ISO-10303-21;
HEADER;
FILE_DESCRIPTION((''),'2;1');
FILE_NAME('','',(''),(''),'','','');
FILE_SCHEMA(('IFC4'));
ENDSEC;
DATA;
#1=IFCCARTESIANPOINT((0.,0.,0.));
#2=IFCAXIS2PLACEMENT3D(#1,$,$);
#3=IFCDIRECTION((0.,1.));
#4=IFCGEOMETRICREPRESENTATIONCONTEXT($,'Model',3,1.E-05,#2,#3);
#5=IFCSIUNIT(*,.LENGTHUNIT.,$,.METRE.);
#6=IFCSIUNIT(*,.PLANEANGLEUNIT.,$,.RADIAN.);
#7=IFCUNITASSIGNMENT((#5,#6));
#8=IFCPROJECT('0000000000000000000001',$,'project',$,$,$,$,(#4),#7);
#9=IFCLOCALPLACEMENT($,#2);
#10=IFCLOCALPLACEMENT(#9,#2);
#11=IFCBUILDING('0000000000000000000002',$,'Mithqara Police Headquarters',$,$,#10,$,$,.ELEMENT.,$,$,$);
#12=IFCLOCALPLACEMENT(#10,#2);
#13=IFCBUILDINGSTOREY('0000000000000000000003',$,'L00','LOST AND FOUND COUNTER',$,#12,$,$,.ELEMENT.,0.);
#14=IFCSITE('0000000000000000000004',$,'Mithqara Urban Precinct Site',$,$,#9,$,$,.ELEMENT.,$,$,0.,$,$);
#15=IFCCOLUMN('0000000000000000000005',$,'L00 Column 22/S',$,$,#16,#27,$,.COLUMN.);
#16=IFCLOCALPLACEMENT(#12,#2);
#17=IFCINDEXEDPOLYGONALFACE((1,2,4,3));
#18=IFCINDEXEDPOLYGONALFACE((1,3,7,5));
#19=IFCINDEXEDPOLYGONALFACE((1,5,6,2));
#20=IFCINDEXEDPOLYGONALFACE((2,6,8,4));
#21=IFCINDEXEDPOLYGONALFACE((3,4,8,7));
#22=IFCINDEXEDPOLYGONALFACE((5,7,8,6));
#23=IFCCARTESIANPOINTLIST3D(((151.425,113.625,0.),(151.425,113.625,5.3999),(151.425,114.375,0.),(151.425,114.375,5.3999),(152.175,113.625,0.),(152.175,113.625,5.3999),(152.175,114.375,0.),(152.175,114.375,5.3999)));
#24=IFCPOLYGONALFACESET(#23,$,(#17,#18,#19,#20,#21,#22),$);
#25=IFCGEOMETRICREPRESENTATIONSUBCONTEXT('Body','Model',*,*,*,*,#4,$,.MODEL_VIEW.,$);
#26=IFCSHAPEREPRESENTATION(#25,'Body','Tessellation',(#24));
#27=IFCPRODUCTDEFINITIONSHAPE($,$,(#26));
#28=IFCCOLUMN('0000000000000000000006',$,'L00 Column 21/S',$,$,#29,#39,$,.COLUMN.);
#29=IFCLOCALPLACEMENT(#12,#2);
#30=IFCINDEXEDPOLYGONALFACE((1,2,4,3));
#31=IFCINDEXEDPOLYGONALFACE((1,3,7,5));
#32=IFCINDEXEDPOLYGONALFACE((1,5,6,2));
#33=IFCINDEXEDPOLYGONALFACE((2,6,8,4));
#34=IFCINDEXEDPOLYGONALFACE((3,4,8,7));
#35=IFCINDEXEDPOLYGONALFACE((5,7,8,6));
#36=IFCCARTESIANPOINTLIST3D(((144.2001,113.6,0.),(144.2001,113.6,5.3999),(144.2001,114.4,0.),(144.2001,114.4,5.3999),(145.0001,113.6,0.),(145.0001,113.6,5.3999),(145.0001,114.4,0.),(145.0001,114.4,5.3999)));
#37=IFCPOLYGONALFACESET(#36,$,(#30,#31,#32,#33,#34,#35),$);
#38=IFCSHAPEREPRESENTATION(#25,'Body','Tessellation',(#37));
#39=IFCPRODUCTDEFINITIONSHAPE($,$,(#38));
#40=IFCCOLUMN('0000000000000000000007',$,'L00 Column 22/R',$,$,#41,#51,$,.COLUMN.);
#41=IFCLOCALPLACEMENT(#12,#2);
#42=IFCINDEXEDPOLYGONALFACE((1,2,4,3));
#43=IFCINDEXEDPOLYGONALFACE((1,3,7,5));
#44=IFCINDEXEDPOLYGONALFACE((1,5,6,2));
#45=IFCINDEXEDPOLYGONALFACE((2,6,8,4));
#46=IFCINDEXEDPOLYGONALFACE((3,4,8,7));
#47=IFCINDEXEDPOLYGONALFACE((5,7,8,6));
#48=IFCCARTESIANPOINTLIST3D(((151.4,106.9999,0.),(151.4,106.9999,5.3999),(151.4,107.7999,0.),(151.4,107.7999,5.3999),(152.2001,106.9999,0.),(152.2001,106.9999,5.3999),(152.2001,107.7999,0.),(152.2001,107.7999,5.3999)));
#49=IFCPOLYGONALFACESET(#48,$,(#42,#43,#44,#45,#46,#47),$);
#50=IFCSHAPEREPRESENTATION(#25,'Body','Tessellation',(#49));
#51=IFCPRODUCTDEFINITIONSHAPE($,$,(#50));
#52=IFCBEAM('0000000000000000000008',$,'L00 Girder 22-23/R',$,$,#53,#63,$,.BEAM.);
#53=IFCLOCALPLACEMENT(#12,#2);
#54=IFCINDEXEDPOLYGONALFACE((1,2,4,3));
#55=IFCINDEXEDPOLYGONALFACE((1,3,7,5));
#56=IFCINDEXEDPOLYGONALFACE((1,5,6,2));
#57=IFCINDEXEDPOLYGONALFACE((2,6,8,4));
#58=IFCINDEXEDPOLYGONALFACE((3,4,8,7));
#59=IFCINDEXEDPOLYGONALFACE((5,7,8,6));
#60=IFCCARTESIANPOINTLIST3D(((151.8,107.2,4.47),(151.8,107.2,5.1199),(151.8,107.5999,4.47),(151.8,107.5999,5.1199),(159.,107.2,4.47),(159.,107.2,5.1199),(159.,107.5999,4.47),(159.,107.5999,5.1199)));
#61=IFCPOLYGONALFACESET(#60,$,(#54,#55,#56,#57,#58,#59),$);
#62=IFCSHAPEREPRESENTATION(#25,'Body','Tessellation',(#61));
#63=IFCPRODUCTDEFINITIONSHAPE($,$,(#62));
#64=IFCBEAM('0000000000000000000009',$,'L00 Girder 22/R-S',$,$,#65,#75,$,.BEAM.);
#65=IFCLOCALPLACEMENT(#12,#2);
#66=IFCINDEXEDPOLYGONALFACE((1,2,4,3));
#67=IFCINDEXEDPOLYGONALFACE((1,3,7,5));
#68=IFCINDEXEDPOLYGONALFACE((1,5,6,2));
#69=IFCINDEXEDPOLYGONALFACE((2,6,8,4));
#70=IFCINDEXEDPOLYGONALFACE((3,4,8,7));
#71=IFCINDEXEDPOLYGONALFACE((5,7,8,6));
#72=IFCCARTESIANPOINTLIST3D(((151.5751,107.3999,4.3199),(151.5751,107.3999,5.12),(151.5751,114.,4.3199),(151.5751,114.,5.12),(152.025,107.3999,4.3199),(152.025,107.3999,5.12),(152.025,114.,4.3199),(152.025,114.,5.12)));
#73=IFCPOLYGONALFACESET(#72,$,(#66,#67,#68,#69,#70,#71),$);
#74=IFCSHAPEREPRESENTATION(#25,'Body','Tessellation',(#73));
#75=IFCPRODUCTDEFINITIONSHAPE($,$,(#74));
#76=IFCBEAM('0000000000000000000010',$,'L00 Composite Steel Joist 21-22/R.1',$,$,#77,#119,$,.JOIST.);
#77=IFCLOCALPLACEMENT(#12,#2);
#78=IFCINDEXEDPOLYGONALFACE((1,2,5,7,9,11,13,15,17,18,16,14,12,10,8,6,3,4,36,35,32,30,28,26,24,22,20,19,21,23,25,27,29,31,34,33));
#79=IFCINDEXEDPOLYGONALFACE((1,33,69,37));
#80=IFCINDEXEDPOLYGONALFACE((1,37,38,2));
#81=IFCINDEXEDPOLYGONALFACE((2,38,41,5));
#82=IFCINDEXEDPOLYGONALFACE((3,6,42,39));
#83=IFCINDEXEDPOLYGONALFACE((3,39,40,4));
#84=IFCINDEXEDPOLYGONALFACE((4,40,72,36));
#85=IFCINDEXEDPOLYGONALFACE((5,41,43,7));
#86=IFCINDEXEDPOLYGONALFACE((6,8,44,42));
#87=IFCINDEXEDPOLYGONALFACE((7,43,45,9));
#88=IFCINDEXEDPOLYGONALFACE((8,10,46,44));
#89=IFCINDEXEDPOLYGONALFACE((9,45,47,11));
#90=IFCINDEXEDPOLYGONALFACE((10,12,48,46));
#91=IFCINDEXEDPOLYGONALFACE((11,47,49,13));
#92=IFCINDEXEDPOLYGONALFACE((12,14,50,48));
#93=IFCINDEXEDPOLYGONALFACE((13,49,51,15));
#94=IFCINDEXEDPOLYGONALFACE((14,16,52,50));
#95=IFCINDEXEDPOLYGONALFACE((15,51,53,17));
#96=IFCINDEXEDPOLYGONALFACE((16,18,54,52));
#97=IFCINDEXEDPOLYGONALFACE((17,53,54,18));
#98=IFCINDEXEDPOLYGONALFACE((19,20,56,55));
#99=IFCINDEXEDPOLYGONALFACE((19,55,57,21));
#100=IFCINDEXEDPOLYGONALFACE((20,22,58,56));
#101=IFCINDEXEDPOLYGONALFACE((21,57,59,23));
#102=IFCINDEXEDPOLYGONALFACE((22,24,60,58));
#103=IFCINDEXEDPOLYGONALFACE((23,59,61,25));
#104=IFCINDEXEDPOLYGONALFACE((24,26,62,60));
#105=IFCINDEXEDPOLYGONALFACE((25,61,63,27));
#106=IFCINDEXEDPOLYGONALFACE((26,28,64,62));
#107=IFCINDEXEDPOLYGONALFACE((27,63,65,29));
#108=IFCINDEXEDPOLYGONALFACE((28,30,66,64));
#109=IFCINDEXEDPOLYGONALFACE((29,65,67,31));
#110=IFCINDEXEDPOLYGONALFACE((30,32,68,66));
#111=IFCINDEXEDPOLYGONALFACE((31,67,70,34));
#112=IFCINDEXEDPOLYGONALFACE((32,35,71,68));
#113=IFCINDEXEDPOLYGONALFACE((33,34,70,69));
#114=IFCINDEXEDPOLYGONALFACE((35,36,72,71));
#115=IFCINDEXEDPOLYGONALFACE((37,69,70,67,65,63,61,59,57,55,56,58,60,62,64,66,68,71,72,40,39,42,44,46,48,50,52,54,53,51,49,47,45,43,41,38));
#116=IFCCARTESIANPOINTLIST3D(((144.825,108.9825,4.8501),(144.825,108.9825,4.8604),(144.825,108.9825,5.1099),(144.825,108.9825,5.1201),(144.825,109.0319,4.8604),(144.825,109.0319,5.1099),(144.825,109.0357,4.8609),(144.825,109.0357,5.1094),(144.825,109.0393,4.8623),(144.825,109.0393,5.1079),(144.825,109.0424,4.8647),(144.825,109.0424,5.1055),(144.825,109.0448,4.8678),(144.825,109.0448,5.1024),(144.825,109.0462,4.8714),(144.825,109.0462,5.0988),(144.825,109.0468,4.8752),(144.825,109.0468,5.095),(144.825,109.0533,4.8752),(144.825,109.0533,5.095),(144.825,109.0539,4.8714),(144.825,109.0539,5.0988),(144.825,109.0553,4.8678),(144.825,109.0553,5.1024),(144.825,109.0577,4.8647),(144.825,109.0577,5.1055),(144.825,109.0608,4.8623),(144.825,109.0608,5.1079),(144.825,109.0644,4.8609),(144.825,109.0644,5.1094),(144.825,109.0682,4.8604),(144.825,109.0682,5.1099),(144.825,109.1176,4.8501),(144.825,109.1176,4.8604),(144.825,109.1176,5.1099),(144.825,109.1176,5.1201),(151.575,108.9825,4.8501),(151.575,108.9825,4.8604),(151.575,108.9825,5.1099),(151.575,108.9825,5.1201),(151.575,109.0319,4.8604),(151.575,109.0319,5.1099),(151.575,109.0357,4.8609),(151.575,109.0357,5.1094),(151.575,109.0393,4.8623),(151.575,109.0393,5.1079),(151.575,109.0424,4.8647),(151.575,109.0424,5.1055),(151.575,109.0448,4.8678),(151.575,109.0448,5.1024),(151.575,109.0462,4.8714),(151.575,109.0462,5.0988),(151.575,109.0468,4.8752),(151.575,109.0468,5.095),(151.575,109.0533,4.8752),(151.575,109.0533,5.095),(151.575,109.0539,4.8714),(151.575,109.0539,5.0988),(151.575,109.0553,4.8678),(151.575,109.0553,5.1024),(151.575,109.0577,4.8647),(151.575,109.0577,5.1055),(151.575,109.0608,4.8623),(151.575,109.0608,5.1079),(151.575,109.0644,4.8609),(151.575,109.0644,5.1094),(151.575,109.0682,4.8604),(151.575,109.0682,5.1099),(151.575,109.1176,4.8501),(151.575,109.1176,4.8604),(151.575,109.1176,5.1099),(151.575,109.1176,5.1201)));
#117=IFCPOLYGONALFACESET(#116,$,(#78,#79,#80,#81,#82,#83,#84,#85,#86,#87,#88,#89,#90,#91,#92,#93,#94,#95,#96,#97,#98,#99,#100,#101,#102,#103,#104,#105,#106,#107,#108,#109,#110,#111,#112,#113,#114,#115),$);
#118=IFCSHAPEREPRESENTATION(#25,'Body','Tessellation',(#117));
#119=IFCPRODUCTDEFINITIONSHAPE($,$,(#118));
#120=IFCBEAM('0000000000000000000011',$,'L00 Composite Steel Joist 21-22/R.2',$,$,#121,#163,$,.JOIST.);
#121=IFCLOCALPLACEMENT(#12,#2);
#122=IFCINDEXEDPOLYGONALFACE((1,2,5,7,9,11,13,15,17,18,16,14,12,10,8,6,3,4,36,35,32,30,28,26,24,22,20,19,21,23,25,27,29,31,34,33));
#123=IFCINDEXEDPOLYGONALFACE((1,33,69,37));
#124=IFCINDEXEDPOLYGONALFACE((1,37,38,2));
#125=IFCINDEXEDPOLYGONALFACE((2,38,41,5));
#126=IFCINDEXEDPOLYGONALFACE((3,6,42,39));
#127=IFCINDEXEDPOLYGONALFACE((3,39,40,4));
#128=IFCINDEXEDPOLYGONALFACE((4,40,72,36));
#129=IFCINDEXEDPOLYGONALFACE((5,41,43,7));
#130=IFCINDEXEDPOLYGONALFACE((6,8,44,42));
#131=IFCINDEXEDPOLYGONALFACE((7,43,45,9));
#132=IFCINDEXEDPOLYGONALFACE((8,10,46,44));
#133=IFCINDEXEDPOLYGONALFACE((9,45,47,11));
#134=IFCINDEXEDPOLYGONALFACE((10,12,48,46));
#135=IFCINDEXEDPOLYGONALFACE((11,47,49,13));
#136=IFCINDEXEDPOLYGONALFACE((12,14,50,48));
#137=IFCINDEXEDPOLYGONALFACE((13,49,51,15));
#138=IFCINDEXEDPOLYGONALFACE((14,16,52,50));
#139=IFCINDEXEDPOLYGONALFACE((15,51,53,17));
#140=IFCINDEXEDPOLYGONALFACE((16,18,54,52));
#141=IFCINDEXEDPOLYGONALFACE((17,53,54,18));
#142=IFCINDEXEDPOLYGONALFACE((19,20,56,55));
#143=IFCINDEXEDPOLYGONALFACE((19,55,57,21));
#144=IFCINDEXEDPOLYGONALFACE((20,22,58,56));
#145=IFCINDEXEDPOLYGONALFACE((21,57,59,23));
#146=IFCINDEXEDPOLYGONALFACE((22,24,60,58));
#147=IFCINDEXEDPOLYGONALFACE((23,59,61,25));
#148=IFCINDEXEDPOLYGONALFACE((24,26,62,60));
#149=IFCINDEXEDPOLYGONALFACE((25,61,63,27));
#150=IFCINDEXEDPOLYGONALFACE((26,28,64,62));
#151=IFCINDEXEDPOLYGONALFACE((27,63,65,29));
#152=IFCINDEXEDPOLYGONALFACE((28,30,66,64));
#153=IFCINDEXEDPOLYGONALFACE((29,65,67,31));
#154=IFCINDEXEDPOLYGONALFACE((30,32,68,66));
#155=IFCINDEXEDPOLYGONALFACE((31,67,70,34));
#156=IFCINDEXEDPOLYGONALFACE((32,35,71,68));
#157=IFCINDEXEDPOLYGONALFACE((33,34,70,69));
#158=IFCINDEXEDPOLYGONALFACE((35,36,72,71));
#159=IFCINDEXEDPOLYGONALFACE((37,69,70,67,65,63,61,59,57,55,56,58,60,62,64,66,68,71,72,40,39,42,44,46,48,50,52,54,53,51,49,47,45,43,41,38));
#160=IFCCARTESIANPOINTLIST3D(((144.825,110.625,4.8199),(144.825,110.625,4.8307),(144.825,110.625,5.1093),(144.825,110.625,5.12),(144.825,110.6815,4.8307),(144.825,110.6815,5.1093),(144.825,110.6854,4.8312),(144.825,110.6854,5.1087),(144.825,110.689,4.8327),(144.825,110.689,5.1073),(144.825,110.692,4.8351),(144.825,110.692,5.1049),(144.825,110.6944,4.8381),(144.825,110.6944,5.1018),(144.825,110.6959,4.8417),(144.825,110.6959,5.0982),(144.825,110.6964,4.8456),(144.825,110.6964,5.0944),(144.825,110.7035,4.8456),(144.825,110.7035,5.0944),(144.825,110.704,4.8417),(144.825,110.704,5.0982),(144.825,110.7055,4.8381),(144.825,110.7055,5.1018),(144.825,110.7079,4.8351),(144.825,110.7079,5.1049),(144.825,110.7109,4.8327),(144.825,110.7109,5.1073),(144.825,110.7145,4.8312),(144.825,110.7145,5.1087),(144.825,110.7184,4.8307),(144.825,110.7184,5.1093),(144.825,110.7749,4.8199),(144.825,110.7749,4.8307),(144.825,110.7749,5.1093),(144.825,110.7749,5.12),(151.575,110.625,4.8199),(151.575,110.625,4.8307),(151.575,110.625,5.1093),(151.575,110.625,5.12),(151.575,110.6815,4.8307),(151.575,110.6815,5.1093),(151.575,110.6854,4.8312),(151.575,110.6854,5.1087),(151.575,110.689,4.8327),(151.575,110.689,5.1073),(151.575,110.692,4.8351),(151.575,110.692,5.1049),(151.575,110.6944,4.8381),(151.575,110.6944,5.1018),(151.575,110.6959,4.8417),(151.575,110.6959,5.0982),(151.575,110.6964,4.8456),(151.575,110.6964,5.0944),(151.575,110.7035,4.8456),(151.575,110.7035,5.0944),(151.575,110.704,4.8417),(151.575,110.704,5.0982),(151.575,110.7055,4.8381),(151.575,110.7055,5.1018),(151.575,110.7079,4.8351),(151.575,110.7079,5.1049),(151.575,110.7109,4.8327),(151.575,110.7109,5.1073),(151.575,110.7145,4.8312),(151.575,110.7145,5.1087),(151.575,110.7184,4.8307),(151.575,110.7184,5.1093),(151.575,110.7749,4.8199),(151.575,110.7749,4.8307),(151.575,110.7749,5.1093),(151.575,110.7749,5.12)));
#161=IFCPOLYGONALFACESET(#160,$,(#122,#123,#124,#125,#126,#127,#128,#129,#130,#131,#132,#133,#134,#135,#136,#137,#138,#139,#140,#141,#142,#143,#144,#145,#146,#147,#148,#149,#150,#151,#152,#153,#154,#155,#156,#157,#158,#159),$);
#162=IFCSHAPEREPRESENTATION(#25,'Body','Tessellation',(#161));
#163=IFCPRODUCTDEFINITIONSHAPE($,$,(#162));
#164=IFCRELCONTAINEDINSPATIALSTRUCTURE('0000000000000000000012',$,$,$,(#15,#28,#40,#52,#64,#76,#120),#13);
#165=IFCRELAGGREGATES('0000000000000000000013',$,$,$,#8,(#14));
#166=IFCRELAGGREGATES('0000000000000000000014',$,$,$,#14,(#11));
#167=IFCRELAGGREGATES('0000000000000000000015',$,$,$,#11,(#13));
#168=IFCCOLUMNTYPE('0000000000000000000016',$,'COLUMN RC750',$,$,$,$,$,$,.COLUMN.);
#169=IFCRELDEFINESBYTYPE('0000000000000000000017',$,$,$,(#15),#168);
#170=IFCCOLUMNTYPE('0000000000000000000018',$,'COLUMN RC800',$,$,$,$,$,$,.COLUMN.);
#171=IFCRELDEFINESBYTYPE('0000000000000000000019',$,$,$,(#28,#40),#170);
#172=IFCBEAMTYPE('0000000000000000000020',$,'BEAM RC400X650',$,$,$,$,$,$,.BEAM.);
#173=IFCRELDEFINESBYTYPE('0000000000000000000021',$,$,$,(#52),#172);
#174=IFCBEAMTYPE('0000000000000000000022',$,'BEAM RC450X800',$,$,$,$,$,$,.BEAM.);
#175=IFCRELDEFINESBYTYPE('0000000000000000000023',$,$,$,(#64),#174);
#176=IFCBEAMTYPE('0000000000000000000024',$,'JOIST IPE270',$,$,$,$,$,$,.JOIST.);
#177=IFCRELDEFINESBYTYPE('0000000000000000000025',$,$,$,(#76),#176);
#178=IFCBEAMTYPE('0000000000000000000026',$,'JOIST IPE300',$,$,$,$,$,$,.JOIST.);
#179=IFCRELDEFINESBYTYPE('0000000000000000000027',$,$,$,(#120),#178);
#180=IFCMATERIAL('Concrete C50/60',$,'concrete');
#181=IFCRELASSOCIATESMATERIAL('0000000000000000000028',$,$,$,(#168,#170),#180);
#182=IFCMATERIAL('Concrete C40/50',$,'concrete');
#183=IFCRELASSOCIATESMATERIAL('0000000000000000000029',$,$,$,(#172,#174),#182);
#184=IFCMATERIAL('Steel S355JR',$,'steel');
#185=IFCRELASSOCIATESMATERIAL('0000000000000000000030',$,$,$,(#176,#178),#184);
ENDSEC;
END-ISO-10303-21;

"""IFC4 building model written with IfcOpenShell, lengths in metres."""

from ifc_helpers import new_model, si_unit, direction, frame, origin, origin_2d, place, context, subcontext, project, spatial, rectangle, i_section, extrude, material, material_profile, profile_set, type_object, element, save


model = new_model("IFC4")

# Units and contexts
model_context = context("Model", 3, precision=1e-05, world=origin(), true_north=direction((0.0, 1.0)))
body_context = subcontext(model_context, "Body", "Model", "MODEL_VIEW")
ifc_project = project(units=[si_unit("LENGTHUNIT", "METRE"), si_unit("PLANEANGLEUNIT", "RADIAN")], contexts=[model_context])

# Site, building, storey
site_placement = place(None, origin())
site = spatial("IfcSite", under=ifc_project, at=site_placement, Name="Mithqara Urban Precinct Site", CompositionType="ELEMENT", RefElevation=0.0)
building_placement = place(site_placement, origin())
building = spatial("IfcBuilding", under=site, at=building_placement, Name="Mithqara Police Headquarters", CompositionType="ELEMENT")
storey_placement = place(building_placement, origin())
storey = spatial("IfcBuildingStorey", under=building, at=storey_placement, Name="L00", Description="LOST AND FOUND COUNTER", CompositionType="ELEMENT", Elevation=0.0)

# Columns
ifc_material_1 = material(Name="Concrete C50/60", Category="concrete")
ifc_material_profile_1 = material_profile(ifc_material_1, rectangle(XDim=0.75, YDim=0.75, at=origin_2d()), Name="RC 750x750")
ifc_profile_set_1 = profile_set([ifc_material_profile_1], Name="Concrete C50/60")
column_type_1 = type_object("IfcColumnType", Name="COLUMN RC750", PredefinedType="COLUMN", material=ifc_profile_set_1)
column_placement = place(storey_placement, frame((151.8, 114.0, 0.0), z_axis=(0.0, 0.0, 1.0), x_axis=(1.0, 0.0, 0.0)))
element("IfcColumn", 1, at=column_placement, inside=storey, type_object=column_type_1, Name="L00 Column 22/S", PredefinedType="COLUMN", context=body_context, shape_type="SweptSolid", body=[
    extrude(rectangle(XDim=0.75, YDim=0.75, at=origin_2d()), origin(), (0.0, 0.0, 1.0), 5.3999),
])
ifc_material_profile_2 = material_profile(ifc_material_1, rectangle(XDim=0.8, YDim=0.8, at=origin_2d()), Name="RC 800x800")
ifc_profile_set_2 = profile_set([ifc_material_profile_2], Name="Concrete C50/60")
column_type_2 = type_object("IfcColumnType", Name="COLUMN RC800", PredefinedType="COLUMN", material=ifc_profile_set_2)
for number, where, z_axis, x_axis, name in (
    (2, (144.6001, 114.0, 0.0), (0.0, 0.0, 1.0), (1.0, 0.0, 0.0), "L00 Column 21/S"),
    (3, (151.8, 107.3999, 0.0), (0.0, 0.0, 1.0), (1.0, 0.0, 0.0), "L00 Column 22/R"),
):
    element("IfcColumn", number, at=place(storey_placement, frame(where, z_axis=z_axis, x_axis=x_axis)), inside=storey, type_object=column_type_2, Name=name, PredefinedType="COLUMN", context=body_context, shape_type="SweptSolid", body=[
        extrude(rectangle(XDim=0.8, YDim=0.8, at=origin_2d()), origin(), (0.0, 0.0, 1.0), 5.3999),
    ])

# Beams
ifc_material_2 = material(Name="Concrete C40/50", Category="concrete")
ifc_material_profile_3 = material_profile(ifc_material_2, rectangle(XDim=0.3999, YDim=0.6499, at=origin_2d()), Name="RC 400x650")
ifc_profile_set_3 = profile_set([ifc_material_profile_3], Name="Concrete C40/50")
beam_type_1 = type_object("IfcBeamType", Name="BEAM RC400X650", PredefinedType="BEAM", material=ifc_profile_set_3)
beam_1_placement = place(storey_placement, frame((151.8, 107.3999, 4.7949), z_axis=(1.0, 0.0, 0.0), x_axis=(0.0, 1.0, 0.0)))
element("IfcBeam", 4, at=beam_1_placement, inside=storey, type_object=beam_type_1, Name="L00 Girder 22-23/R", PredefinedType="BEAM", context=body_context, shape_type="SweptSolid", body=[
    extrude(rectangle(XDim=0.3999, YDim=0.6499, at=origin_2d()), origin(), (0.0, 0.0, 1.0), 7.2),
])
ifc_material_profile_4 = material_profile(ifc_material_2, rectangle(XDim=0.45, YDim=0.8, at=origin_2d()), Name="RC 450x800")
ifc_profile_set_4 = profile_set([ifc_material_profile_4], Name="Concrete C40/50")
beam_type_2 = type_object("IfcBeamType", Name="BEAM RC450X800", PredefinedType="BEAM", material=ifc_profile_set_4)
beam_2_placement = place(storey_placement, frame((151.8, 107.3999, 4.72), z_axis=(0.0, 1.0, 0.0), x_axis=(-1.0, 0.0, 0.0)))
element("IfcBeam", 5, at=beam_2_placement, inside=storey, type_object=beam_type_2, Name="L00 Girder 22/R-S", PredefinedType="BEAM", context=body_context, shape_type="SweptSolid", body=[
    extrude(rectangle(XDim=0.45, YDim=0.8, at=origin_2d()), origin(), (0.0, 0.0, 1.0), 6.6001),
])
ifc_material_3 = material(Name="Steel S355JR", Category="steel")
ifc_material_profile_5 = material_profile(ifc_material_3, i_section(OverallWidth=0.135, OverallDepth=0.27, WebThickness=0.0066, FlangeThickness=0.0103, FilletRadius=0.0149, at=origin_2d()), Name="IPE 270")
ifc_profile_set_5 = profile_set([ifc_material_profile_5], Name="Steel S355JR")
beam_type_3 = type_object("IfcBeamType", Name="JOIST IPE270", PredefinedType="JOIST", material=ifc_profile_set_5)
beam_3_placement = place(storey_placement, frame((144.825, 109.05, 4.9851), z_axis=(1.0, 0.0, 0.0), x_axis=(0.0, 1.0, 0.0)))
element("IfcBeam", 6, at=beam_3_placement, inside=storey, type_object=beam_type_3, Name="L00 Composite Steel Joist 21-22/R.1", PredefinedType="JOIST", context=body_context, shape_type="SweptSolid", body=[
    extrude(i_section(OverallWidth=0.135, OverallDepth=0.27, WebThickness=0.0066, FlangeThickness=0.0103, FilletRadius=0.0149, at=origin_2d()), origin(), (0.0, 0.0, 1.0), 6.75),
])
ifc_material_profile_6 = material_profile(ifc_material_3, i_section(OverallWidth=0.1499, OverallDepth=0.3, WebThickness=0.0071, FlangeThickness=0.0107, FilletRadius=0.0149, at=origin_2d()), Name="IPE 300")
ifc_profile_set_6 = profile_set([ifc_material_profile_6], Name="Steel S355JR")
beam_type_4 = type_object("IfcBeamType", Name="JOIST IPE300", PredefinedType="JOIST", material=ifc_profile_set_6)
beam_4_placement = place(storey_placement, frame((144.825, 110.7, 4.97), z_axis=(1.0, 0.0, 0.0), x_axis=(0.0, 1.0, 0.0)))
element("IfcBeam", 7, at=beam_4_placement, inside=storey, type_object=beam_type_4, Name="L00 Composite Steel Joist 21-22/R.2", PredefinedType="JOIST", context=body_context, shape_type="SweptSolid", body=[
    extrude(i_section(OverallWidth=0.1499, OverallDepth=0.3, WebThickness=0.0071, FlangeThickness=0.0107, FilletRadius=0.0149, at=origin_2d()), origin(), (0.0, 0.0, 1.0), 6.75),
])

save(model, "model.ifc")
